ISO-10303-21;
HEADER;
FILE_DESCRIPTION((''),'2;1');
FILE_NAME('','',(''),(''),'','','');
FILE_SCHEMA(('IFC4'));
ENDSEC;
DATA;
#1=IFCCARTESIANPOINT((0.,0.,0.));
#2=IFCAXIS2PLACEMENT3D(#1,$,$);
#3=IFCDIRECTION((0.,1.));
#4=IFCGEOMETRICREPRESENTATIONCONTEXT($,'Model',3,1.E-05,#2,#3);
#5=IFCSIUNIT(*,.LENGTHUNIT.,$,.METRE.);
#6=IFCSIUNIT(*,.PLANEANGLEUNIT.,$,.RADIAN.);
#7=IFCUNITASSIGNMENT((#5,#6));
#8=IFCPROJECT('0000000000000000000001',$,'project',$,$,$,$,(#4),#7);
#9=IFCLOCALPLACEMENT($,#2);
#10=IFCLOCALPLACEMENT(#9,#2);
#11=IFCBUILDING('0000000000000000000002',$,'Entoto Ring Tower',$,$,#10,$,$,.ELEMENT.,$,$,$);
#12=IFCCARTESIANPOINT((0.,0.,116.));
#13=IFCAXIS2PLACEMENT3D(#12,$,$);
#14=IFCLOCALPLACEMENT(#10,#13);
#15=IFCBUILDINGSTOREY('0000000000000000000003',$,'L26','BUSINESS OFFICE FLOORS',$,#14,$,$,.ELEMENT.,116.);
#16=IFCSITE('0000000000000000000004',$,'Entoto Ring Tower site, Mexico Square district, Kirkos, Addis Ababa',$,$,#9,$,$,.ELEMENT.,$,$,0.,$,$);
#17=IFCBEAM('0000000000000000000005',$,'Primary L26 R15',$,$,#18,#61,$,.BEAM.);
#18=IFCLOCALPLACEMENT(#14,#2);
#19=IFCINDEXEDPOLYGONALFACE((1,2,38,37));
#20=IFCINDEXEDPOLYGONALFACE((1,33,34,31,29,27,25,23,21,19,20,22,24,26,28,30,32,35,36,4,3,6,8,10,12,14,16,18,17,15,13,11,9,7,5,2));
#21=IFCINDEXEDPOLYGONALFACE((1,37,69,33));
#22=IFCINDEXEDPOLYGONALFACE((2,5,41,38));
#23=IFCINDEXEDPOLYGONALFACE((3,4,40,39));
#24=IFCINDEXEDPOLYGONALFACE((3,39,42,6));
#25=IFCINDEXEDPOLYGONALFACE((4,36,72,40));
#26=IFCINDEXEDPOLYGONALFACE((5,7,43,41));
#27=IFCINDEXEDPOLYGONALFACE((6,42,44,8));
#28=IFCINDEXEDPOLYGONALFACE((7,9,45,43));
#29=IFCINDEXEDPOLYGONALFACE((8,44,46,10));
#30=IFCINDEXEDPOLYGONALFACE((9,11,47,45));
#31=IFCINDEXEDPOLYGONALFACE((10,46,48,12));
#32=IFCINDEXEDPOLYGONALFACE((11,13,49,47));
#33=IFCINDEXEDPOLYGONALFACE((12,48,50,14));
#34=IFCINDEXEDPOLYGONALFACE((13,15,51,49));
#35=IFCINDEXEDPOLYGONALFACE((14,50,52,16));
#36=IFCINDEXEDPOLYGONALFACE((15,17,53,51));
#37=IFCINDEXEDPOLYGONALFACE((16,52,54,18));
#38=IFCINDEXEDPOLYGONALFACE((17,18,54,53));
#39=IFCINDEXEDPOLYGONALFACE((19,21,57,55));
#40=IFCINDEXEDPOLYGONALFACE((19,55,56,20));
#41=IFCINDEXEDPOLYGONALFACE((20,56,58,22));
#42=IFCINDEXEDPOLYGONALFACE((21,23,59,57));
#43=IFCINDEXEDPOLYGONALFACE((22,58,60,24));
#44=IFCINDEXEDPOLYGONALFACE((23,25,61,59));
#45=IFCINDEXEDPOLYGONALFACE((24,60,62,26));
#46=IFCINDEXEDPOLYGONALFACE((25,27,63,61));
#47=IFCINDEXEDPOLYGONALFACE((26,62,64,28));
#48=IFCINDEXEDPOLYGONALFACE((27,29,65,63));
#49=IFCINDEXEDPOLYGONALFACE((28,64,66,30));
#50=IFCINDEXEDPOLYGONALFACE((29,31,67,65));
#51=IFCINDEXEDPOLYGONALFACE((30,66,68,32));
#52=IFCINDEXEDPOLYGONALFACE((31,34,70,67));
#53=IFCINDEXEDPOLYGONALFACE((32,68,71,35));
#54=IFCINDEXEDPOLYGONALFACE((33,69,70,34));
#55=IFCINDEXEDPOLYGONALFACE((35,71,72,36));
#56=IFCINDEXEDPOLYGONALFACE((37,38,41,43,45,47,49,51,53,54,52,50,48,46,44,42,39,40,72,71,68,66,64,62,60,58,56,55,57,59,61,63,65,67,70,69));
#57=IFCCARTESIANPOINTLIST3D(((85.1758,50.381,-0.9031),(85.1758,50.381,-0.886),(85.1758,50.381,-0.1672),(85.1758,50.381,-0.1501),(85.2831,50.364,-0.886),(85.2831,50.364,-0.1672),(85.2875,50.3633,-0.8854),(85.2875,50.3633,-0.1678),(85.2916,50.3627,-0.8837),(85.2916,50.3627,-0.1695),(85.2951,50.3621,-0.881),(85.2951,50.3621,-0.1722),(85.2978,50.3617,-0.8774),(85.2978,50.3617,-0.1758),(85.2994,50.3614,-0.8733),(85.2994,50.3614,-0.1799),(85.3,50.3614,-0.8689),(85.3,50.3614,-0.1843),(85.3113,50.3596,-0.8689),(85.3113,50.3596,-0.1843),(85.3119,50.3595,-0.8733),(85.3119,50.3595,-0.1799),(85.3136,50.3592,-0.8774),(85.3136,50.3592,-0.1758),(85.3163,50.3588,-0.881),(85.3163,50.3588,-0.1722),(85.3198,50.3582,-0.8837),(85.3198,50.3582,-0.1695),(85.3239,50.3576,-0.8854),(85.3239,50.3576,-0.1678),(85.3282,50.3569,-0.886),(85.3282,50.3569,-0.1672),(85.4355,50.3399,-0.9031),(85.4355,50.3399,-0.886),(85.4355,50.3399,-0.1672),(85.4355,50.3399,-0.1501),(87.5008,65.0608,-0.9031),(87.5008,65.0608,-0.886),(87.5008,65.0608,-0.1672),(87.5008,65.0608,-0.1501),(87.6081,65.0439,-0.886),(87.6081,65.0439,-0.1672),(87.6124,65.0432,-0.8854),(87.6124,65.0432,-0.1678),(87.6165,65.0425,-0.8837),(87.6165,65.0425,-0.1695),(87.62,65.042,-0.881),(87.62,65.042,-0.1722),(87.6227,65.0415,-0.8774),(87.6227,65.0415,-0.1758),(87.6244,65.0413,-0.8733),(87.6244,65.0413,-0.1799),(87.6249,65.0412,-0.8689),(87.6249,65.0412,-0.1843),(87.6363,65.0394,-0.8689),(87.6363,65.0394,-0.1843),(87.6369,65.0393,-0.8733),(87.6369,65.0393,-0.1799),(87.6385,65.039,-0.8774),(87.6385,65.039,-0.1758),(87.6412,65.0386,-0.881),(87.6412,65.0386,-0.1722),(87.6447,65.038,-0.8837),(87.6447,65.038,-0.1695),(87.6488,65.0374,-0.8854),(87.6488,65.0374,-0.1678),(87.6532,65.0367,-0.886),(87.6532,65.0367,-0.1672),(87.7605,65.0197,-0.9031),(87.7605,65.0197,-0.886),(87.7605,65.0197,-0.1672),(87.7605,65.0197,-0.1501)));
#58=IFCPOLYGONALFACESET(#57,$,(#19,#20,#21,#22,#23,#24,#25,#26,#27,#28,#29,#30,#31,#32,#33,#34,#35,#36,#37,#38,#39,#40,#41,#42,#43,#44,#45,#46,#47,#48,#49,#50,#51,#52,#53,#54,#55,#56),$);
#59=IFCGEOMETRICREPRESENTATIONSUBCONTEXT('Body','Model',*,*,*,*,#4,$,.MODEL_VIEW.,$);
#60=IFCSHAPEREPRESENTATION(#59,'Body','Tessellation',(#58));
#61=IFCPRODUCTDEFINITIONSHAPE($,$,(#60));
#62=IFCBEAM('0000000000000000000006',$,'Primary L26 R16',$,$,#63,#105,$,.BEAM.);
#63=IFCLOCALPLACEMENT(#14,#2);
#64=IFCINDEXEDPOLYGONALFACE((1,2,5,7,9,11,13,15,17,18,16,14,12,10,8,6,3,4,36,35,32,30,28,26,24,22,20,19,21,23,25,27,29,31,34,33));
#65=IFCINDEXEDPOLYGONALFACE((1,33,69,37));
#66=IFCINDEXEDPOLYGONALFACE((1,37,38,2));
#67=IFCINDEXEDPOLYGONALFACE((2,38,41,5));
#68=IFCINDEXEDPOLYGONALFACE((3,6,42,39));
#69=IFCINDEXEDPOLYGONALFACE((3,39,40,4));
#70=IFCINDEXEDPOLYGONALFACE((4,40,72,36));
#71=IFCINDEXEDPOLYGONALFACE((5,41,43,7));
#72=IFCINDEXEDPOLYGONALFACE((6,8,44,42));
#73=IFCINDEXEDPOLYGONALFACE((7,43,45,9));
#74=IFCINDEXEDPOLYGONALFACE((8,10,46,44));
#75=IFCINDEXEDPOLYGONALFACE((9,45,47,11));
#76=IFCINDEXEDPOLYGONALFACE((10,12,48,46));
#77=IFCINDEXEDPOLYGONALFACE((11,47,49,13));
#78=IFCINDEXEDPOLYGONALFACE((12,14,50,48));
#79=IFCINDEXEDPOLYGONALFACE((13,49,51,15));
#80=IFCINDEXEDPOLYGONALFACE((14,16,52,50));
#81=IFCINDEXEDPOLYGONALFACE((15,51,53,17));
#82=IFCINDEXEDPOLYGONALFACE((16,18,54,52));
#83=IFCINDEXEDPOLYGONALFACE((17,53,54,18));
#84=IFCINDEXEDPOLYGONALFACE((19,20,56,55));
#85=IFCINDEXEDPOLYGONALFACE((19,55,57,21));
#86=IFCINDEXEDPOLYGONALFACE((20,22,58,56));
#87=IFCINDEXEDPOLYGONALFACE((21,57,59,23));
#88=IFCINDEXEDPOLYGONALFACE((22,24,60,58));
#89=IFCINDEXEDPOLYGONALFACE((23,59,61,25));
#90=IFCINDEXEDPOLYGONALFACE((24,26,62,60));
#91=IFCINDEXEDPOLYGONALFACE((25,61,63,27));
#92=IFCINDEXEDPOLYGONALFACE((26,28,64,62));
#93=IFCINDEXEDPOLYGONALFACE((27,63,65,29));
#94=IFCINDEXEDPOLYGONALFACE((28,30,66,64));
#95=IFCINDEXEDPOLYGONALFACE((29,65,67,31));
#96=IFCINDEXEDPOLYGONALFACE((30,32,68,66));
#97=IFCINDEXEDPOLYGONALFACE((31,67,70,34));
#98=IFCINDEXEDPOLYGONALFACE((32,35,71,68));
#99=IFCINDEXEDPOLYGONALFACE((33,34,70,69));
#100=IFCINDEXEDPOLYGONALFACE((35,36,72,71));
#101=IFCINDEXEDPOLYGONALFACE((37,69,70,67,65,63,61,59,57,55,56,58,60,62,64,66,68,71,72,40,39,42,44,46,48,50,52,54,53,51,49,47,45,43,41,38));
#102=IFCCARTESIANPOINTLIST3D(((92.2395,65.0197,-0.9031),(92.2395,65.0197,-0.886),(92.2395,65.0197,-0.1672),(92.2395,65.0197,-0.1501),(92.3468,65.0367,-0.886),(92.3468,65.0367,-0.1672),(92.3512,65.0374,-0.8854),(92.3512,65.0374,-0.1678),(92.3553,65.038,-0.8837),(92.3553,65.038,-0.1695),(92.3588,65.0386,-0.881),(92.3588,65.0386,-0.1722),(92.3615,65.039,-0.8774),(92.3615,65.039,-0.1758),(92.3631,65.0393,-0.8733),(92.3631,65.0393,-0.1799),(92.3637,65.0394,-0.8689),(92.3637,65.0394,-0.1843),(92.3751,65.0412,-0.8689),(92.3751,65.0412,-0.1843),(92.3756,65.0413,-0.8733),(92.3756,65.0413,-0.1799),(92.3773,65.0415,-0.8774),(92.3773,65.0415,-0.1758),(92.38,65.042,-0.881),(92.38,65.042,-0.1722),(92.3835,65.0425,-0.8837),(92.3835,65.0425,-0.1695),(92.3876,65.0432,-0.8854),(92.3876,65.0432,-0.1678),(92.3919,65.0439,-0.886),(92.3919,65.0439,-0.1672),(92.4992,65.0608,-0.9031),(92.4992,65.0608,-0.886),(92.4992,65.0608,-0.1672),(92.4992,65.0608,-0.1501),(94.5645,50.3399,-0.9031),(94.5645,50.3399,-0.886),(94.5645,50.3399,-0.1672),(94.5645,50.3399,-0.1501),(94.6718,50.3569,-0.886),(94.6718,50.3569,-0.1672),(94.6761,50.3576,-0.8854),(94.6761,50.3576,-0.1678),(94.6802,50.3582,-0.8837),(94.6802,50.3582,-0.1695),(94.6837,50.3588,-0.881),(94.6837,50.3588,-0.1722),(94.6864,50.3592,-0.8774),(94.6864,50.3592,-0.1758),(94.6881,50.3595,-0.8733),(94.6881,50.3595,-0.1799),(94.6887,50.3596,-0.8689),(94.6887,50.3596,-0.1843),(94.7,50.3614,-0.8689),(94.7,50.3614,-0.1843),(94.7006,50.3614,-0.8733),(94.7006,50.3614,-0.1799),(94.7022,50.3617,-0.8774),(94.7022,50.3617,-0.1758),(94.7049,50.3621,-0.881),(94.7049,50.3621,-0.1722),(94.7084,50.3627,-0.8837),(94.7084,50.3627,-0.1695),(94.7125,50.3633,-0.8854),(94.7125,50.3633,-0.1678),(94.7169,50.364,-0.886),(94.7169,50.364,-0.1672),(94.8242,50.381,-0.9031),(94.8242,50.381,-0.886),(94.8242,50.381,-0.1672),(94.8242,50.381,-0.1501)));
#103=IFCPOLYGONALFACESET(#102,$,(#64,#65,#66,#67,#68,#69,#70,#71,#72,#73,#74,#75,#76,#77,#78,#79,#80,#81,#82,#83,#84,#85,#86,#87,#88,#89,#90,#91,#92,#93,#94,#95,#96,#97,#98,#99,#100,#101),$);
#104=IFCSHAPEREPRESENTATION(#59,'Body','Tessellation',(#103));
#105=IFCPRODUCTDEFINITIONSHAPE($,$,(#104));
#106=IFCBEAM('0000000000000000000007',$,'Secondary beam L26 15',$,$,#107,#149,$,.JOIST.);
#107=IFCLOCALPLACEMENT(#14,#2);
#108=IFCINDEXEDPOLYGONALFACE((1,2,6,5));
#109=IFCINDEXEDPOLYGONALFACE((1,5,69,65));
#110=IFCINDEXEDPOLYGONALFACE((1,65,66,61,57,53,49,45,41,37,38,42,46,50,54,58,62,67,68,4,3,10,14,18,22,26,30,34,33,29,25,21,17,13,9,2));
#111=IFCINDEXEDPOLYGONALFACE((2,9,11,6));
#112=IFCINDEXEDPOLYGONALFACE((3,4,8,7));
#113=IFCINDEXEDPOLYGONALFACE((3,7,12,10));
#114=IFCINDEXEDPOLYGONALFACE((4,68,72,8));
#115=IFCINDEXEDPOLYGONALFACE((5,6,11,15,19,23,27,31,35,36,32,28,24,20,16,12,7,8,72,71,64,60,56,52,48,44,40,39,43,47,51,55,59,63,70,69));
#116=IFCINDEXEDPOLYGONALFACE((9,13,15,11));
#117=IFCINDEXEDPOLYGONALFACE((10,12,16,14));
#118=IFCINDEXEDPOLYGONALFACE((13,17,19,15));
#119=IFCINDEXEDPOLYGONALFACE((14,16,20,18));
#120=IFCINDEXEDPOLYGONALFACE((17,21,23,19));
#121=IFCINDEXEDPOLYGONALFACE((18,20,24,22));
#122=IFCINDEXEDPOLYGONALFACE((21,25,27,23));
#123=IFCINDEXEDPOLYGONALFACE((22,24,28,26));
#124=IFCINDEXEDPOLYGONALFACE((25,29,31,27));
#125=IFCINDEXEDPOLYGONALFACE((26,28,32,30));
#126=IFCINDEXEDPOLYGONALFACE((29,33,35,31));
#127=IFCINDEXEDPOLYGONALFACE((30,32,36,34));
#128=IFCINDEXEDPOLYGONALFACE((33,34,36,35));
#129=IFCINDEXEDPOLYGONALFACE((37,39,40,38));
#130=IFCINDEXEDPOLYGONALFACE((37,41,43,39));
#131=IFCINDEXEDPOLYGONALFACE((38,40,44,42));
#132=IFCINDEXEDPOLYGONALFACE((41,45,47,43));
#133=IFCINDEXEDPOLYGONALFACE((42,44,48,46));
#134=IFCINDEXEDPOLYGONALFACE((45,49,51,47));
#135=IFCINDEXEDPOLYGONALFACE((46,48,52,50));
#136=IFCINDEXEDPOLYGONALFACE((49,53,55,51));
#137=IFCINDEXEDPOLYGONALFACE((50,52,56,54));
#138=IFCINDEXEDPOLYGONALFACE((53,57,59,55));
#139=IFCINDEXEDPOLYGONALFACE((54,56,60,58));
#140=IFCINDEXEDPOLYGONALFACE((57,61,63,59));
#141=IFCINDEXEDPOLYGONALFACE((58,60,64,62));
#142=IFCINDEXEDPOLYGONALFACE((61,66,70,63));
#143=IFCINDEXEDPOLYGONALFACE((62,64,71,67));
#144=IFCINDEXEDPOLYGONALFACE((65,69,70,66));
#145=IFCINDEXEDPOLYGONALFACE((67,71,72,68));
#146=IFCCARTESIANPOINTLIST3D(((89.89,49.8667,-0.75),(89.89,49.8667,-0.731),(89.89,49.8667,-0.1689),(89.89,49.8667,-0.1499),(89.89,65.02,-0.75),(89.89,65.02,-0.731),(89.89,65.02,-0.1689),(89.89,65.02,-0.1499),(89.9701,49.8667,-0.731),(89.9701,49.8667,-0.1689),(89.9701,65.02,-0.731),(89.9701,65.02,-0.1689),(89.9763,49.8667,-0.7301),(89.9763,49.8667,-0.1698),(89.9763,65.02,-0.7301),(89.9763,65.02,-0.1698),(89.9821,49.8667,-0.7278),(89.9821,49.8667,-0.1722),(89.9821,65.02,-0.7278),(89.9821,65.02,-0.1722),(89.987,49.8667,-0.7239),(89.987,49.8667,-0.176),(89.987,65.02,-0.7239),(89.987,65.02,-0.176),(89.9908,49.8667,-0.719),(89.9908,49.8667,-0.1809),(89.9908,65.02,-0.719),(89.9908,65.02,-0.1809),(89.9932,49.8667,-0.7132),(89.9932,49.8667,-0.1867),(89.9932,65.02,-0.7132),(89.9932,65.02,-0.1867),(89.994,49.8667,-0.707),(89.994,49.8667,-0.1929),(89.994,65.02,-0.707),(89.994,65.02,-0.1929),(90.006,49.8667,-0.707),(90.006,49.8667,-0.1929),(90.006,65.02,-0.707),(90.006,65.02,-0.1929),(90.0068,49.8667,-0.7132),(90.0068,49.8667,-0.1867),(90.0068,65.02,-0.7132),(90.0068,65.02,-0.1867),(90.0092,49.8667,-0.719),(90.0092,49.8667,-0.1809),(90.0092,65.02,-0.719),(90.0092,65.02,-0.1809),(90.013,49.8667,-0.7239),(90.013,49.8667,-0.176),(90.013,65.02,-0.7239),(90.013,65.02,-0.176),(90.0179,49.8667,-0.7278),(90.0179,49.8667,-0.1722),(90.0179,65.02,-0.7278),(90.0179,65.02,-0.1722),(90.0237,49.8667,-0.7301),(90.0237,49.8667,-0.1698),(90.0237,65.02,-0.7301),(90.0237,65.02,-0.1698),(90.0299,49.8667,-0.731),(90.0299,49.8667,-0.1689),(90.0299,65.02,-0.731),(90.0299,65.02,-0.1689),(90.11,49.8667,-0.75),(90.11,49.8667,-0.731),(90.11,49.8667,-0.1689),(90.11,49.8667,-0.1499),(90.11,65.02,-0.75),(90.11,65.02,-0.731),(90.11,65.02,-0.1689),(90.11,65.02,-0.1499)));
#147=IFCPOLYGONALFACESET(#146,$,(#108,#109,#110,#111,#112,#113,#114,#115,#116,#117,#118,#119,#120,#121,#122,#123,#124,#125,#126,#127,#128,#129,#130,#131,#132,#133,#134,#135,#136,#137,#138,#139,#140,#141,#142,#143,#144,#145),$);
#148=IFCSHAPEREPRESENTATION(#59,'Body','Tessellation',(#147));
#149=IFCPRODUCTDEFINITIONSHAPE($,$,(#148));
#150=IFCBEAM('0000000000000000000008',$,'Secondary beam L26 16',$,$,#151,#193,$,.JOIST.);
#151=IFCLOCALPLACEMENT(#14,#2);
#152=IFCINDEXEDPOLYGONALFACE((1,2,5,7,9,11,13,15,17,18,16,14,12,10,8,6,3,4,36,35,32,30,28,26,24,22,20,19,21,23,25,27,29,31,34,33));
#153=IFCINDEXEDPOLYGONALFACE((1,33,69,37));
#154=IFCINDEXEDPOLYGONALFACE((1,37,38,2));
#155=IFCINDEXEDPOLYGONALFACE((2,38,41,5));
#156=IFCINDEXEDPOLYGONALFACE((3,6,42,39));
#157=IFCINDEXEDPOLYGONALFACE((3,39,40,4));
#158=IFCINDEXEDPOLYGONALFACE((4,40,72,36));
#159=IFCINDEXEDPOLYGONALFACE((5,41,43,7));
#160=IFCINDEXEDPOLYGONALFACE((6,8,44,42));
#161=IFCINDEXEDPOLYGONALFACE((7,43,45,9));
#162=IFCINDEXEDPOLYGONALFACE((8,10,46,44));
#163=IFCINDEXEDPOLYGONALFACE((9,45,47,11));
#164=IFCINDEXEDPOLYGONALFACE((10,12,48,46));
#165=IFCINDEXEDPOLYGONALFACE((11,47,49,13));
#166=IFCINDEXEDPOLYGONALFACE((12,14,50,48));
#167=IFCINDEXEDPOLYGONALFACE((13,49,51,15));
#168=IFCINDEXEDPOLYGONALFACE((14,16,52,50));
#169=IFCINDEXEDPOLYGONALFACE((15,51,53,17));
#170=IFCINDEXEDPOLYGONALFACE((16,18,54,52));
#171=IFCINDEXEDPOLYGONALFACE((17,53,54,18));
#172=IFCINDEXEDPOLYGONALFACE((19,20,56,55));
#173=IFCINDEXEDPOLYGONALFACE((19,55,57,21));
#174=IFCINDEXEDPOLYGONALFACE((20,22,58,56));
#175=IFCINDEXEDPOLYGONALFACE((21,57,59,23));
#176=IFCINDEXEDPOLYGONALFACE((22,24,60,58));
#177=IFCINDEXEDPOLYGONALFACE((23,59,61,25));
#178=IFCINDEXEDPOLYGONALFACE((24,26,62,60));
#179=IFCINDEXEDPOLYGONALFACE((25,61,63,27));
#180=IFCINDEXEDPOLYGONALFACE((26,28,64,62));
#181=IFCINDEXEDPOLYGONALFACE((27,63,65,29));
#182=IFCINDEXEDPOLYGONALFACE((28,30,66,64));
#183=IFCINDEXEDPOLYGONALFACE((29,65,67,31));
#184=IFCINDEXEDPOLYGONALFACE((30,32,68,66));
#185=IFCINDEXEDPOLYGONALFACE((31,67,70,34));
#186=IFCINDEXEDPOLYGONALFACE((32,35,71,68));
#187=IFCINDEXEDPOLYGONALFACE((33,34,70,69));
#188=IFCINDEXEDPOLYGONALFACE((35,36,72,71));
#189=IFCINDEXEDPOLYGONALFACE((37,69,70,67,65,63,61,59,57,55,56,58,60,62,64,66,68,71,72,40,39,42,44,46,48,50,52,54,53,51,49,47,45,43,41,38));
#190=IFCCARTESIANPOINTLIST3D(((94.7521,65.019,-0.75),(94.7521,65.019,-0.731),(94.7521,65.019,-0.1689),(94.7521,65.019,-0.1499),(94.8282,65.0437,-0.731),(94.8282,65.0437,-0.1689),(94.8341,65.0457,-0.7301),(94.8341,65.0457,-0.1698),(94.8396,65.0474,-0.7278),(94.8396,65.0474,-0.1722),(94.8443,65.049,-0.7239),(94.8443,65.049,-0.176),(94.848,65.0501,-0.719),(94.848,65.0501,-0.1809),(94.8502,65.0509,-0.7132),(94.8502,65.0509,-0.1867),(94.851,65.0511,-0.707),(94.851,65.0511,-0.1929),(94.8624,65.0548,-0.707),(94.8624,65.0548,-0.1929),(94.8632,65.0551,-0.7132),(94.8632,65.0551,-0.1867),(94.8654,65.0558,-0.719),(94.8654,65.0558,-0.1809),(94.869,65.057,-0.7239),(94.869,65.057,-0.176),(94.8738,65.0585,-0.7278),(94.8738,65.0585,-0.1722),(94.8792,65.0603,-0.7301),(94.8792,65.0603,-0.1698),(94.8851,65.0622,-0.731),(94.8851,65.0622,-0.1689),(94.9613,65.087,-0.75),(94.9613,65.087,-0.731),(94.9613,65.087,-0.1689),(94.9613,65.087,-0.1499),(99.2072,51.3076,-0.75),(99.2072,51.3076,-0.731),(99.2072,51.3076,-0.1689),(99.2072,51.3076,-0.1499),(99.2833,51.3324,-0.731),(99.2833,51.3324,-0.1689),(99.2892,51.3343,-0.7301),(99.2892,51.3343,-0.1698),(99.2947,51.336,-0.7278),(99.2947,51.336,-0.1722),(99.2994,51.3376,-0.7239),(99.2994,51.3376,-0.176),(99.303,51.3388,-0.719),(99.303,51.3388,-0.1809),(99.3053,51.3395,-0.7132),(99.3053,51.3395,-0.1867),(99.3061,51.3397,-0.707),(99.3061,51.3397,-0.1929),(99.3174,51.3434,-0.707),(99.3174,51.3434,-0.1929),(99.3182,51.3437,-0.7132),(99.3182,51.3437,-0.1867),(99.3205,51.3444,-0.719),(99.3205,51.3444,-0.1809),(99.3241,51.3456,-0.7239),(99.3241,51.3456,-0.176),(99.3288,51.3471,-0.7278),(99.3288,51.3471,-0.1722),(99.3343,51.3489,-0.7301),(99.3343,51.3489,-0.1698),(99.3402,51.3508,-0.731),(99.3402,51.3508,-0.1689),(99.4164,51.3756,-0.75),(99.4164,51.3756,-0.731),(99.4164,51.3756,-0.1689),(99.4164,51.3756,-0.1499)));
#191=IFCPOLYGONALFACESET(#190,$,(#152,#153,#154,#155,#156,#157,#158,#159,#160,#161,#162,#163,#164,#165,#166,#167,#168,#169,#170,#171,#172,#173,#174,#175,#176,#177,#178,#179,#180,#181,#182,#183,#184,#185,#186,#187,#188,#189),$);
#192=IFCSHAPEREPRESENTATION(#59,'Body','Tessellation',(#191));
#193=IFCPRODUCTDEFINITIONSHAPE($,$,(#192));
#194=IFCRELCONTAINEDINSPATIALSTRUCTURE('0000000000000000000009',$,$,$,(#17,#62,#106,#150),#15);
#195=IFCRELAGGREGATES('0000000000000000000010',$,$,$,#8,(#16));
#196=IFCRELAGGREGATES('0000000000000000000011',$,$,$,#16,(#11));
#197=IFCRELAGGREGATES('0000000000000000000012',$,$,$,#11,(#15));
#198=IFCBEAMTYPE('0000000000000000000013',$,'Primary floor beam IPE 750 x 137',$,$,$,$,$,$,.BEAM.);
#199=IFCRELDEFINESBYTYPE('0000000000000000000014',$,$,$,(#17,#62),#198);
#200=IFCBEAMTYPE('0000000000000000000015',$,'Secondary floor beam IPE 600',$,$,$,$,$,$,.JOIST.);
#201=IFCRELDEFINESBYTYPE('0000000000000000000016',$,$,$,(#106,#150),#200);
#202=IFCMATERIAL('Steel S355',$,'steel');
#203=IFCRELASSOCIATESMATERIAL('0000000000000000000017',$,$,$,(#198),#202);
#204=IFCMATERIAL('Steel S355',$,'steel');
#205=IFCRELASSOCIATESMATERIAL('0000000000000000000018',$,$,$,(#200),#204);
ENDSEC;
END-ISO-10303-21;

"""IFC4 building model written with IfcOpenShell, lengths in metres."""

from ifc_helpers import new_model, si_unit, direction, frame, origin, origin_2d, place, context, subcontext, project, spatial, i_section, extrude, material, material_profile, profile_set, type_object, element, save


model = new_model("IFC4")

# Units and contexts
model_context = context("Model", 3, precision=1e-05, world=origin(), true_north=direction((0.0, 1.0)))
body_context = subcontext(model_context, "Body", "Model", "MODEL_VIEW")
ifc_project = project(units=[si_unit("LENGTHUNIT", "METRE"), si_unit("PLANEANGLEUNIT", "RADIAN")], contexts=[model_context])

# Site, building, storey
site_placement = place(None, origin())
site = spatial("IfcSite", under=ifc_project, at=site_placement, Name="Entoto Ring Tower site, Mexico Square district, Kirkos, Addis Ababa", CompositionType="ELEMENT", RefElevation=0.0)
building_placement = place(site_placement, origin())
building = spatial("IfcBuilding", under=site, at=building_placement, Name="Entoto Ring Tower", CompositionType="ELEMENT")
storey_placement = place(building_placement, frame((0.0, 0.0, 116.0)))
storey = spatial("IfcBuildingStorey", under=building, at=storey_placement, Name="L26", Description="BUSINESS OFFICE FLOORS", CompositionType="ELEMENT", Elevation=116.0)

# Beams
ifc_material_1 = material(Name="Steel S355", Category="steel")
ifc_material_profile_1 = material_profile(ifc_material_1, i_section(OverallWidth=0.2629, OverallDepth=0.7529, WebThickness=0.0115, FlangeThickness=0.0171, FilletRadius=0.0171, at=origin_2d()), Name="IPE 750 x 137")
ifc_profile_set_1 = profile_set([ifc_material_profile_1], Name="Steel S355")
beam_type_1 = type_object("IfcBeamType", Name="Primary floor beam IPE 750 x 137", PredefinedType="BEAM", material=ifc_profile_set_1)
for number, where, z_axis, x_axis, name in (
    (1, (87.6306, 65.0403, -0.5266), (-0.156426, -0.98769, 0.0), (0.98769, -0.156426, 0.0), "Primary L26 R15"),
    (2, (92.3694, 65.0403, -0.5266), (0.156426, -0.98769, 0.0), (0.98769, 0.156426, 0.0), "Primary L26 R16"),
):
    element("IfcBeam", number, at=place(storey_placement, frame(where, z_axis=z_axis, x_axis=x_axis)), inside=storey, type_object=beam_type_1, Name=name, PredefinedType="BEAM", context=body_context, shape_type="SweptSolid", body=[
        extrude(i_section(OverallWidth=0.2629, OverallDepth=0.7529, WebThickness=0.0115, FlangeThickness=0.0171, FilletRadius=0.0171, at=origin_2d()), origin(), (0.0, 0.0, 1.0), 14.8628),
    ])
ifc_material_2 = material(Name="Steel S355", Category="steel")
ifc_material_profile_2 = material_profile(ifc_material_2, i_section(OverallWidth=0.22, OverallDepth=0.6001, WebThickness=0.012, FlangeThickness=0.019, FilletRadius=0.0239, at=origin_2d()), Name="IPE 600")
ifc_profile_set_2 = profile_set([ifc_material_profile_2], Name="Steel S355")
beam_type_2 = type_object("IfcBeamType", Name="Secondary floor beam IPE 600", PredefinedType="JOIST", material=ifc_profile_set_2)
beam_1_placement = place(storey_placement, frame((90.0, 65.02, -0.45), z_axis=(0.0, -1.0, 0.0), x_axis=(1.0, 0.0, 0.0)))
element("IfcBeam", 3, at=beam_1_placement, inside=storey, type_object=beam_type_2, Name="Secondary beam L26 15", PredefinedType="JOIST", context=body_context, shape_type="SweptSolid", body=[
    extrude(i_section(OverallWidth=0.22, OverallDepth=0.6001, WebThickness=0.012, FlangeThickness=0.019, FilletRadius=0.0239, at=origin_2d()), origin(), (0.0, 0.0, 1.0), 15.1533),
])
beam_2_placement = place(storey_placement, frame((94.8567, 65.053, -0.45), z_axis=(0.309015, -0.951057, 0.0), x_axis=(0.951057, 0.309015, 0.0)))
element("IfcBeam", 4, at=beam_2_placement, inside=storey, type_object=beam_type_2, Name="Secondary beam L26 16", PredefinedType="JOIST", context=body_context, shape_type="SweptSolid", body=[
    extrude(i_section(OverallWidth=0.22, OverallDepth=0.6001, WebThickness=0.012, FlangeThickness=0.019, FilletRadius=0.0239, at=origin_2d()), origin(), (0.0, 0.0, 1.0), 14.417),
])

save(model, "model.ifc")
